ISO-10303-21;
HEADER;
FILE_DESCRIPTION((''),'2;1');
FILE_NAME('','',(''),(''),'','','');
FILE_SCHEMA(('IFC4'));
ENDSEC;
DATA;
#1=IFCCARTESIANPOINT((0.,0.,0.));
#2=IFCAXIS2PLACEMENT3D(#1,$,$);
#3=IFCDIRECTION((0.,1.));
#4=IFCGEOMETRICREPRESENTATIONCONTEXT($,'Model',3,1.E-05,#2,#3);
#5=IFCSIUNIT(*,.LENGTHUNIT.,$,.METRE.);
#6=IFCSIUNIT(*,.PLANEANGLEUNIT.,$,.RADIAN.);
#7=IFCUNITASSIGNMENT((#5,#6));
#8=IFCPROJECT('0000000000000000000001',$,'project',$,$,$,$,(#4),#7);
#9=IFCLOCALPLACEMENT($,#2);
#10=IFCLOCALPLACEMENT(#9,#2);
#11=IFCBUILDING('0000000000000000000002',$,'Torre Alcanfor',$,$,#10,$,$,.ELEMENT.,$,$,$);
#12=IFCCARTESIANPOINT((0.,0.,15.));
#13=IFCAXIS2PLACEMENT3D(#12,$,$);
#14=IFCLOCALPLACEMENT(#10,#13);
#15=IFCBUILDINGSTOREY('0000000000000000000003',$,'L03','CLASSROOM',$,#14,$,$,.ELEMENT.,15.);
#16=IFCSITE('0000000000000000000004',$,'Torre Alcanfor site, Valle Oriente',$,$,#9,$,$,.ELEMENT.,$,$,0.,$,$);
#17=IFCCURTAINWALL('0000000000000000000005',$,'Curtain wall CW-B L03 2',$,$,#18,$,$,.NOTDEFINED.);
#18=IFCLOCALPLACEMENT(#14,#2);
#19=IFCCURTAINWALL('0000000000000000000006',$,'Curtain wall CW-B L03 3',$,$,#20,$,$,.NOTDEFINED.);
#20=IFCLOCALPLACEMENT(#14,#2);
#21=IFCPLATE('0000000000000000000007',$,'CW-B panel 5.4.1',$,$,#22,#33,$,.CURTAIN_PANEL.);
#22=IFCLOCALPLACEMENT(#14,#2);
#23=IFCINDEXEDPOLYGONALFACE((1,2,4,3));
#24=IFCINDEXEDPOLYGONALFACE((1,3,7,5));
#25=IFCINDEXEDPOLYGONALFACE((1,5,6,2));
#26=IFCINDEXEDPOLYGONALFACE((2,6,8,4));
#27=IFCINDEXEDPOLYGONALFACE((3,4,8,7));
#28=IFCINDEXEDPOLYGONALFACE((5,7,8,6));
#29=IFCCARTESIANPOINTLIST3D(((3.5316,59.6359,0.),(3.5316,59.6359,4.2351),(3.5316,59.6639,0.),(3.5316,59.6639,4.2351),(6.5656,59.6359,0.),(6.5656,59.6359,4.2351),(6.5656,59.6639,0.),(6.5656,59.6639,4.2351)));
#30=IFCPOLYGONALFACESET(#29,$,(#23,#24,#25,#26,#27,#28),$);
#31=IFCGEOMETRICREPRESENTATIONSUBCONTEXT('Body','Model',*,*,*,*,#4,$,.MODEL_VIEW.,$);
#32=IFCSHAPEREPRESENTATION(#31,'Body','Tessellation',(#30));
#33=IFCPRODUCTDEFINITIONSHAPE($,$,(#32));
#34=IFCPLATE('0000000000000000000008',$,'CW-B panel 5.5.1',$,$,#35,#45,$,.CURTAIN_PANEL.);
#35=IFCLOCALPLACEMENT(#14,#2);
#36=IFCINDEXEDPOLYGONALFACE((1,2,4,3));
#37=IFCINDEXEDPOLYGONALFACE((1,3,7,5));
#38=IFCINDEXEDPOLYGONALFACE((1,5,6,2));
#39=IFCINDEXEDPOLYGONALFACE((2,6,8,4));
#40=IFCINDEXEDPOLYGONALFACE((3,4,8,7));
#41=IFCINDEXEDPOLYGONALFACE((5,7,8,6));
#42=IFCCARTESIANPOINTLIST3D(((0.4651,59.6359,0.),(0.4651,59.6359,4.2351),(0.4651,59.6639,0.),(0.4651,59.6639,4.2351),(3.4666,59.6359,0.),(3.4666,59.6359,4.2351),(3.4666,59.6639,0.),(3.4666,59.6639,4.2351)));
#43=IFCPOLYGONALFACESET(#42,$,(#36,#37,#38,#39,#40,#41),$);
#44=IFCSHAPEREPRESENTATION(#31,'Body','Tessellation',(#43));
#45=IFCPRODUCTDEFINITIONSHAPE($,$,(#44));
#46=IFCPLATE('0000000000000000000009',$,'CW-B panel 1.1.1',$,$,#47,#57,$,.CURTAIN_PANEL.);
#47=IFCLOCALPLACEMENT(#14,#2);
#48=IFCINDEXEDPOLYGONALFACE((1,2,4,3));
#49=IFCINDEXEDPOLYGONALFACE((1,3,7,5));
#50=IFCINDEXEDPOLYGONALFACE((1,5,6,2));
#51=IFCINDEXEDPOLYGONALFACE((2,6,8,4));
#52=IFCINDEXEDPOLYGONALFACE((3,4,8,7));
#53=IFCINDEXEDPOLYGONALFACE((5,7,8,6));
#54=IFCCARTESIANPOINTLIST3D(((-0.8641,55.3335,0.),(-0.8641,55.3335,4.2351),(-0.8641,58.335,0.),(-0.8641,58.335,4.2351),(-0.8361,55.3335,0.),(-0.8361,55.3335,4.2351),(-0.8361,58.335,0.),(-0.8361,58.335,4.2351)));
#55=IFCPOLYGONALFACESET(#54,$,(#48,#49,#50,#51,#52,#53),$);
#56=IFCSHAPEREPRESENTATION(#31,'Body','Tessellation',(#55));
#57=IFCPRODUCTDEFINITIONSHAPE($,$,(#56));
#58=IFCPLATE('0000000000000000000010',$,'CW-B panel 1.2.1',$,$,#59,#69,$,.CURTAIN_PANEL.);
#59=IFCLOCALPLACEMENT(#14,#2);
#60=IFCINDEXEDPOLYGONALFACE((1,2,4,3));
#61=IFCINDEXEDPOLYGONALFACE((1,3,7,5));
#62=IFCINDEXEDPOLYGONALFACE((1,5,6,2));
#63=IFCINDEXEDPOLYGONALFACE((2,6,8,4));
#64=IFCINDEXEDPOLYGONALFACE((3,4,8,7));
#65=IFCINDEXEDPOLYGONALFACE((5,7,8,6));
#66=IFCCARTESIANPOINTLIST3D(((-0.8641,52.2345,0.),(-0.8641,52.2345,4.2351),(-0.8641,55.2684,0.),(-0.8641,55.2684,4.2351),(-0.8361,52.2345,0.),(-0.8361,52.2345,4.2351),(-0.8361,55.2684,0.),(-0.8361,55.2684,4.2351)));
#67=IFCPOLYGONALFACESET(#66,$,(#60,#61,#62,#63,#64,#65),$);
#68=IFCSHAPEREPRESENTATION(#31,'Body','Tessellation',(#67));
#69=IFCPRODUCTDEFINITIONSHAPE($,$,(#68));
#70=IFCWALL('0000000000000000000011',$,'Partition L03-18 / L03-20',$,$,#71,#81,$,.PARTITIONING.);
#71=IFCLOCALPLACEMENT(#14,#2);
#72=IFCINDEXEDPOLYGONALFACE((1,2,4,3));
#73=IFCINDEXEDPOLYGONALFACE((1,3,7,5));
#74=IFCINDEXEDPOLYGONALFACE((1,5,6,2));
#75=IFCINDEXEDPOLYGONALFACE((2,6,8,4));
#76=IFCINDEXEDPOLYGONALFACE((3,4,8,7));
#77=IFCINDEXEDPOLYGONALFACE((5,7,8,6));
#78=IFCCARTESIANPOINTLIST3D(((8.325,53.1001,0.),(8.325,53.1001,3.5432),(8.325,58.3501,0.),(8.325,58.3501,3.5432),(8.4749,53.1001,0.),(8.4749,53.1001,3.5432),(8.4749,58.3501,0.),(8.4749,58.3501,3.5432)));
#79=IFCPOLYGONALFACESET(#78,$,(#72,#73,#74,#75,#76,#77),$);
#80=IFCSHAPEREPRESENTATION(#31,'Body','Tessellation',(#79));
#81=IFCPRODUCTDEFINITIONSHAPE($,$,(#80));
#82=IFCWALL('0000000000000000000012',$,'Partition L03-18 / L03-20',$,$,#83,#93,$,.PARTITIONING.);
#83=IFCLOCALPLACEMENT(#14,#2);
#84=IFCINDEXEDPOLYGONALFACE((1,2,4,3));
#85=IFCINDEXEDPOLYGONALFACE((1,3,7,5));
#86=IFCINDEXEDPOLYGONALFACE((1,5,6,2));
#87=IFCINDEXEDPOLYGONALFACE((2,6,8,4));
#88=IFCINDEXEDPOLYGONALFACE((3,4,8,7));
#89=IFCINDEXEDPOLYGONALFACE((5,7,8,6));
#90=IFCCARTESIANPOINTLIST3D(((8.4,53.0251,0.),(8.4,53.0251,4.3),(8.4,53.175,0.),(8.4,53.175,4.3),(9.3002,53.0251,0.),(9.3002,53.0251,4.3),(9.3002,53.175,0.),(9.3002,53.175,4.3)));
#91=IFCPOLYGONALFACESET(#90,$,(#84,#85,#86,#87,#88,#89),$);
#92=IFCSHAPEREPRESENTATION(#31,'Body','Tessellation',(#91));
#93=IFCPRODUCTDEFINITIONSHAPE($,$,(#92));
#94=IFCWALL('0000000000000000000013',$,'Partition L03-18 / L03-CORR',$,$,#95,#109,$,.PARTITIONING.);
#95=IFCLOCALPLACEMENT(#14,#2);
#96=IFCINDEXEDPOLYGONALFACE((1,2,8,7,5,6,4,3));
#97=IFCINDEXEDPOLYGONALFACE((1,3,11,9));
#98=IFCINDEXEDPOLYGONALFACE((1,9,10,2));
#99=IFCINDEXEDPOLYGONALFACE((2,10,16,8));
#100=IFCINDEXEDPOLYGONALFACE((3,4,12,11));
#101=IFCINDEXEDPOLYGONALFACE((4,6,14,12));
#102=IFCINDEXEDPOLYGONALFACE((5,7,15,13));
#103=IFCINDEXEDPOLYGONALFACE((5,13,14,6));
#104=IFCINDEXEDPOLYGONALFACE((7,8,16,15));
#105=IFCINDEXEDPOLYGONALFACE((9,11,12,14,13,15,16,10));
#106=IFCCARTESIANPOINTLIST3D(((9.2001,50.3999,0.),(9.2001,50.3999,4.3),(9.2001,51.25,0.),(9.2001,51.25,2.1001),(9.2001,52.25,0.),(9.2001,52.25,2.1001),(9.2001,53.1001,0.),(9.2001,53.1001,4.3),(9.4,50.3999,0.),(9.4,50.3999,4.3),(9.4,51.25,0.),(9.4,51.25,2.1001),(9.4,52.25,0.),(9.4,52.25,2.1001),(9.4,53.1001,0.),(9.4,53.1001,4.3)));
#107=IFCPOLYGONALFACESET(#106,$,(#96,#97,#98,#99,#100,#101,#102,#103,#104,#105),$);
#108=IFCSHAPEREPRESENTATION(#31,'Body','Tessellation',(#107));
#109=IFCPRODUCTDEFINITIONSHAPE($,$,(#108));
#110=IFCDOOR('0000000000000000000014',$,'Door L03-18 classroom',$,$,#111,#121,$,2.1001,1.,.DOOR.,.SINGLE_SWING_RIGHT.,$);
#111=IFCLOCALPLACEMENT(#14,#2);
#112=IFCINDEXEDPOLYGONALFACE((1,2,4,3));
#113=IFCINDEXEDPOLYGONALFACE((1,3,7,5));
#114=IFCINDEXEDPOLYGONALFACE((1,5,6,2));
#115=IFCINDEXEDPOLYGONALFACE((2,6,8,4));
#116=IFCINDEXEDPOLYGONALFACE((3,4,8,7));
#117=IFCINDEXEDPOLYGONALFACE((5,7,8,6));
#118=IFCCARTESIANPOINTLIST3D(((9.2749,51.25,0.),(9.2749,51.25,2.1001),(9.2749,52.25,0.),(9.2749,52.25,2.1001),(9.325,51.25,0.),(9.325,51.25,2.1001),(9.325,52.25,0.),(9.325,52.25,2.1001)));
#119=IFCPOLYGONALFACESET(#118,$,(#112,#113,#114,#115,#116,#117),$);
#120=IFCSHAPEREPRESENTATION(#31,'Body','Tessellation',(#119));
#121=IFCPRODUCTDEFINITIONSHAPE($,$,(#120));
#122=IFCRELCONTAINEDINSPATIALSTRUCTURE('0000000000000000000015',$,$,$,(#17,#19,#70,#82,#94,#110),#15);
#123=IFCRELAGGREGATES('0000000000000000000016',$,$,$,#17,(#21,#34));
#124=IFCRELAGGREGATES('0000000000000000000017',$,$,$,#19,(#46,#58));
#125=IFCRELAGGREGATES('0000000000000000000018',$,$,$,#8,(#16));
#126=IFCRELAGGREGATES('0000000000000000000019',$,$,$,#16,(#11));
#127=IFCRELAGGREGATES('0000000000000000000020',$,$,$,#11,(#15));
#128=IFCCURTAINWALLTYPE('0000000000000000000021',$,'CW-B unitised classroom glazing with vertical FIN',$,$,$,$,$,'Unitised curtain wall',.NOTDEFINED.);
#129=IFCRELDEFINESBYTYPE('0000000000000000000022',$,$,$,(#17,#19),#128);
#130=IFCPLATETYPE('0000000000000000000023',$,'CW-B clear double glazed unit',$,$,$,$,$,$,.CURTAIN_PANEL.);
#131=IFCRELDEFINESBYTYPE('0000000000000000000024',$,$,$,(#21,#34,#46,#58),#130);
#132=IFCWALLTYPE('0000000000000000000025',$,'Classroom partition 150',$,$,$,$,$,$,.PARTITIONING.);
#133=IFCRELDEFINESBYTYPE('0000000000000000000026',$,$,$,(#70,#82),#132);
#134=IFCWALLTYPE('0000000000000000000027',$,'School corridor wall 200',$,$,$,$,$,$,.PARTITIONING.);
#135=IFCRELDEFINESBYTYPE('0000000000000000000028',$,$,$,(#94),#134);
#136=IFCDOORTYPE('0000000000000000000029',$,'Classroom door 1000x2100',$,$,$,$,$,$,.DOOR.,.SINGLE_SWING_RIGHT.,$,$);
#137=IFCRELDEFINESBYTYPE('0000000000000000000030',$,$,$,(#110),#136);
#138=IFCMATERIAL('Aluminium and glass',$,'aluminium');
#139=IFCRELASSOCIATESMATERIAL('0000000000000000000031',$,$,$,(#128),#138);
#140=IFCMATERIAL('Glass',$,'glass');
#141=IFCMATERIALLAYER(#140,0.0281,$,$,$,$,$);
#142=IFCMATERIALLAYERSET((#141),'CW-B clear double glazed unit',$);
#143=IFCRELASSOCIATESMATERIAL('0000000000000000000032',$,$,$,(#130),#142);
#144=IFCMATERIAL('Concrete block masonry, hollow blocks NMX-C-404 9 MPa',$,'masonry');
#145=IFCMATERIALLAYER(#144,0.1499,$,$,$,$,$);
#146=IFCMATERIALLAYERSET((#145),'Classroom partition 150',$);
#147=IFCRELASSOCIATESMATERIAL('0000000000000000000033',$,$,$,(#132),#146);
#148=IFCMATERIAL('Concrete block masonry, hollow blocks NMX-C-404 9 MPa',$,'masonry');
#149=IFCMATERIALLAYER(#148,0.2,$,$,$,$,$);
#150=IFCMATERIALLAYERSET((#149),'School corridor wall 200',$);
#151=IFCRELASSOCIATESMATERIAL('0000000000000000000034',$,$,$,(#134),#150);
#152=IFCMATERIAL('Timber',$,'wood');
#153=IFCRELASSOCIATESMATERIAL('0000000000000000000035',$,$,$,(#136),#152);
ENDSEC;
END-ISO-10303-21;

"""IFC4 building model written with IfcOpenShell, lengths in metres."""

from ifc_helpers import new_model, si_unit, direction, frame, frame_2d, origin, origin_2d, place, context, subcontext, project, spatial, rectangle, extrude, material, layer, layer_set, type_object, element, fill, aggregate, save


model = new_model("IFC4")

# Units and contexts
model_context = context("Model", 3, precision=1e-05, world=origin(), true_north=direction((0.0, 1.0)))
body_context = subcontext(model_context, "Body", "Model", "MODEL_VIEW")
ifc_project = project(units=[si_unit("LENGTHUNIT", "METRE"), si_unit("PLANEANGLEUNIT", "RADIAN")], contexts=[model_context])

# Site, building, storey
site_placement = place(None, origin())
site = spatial("IfcSite", under=ifc_project, at=site_placement, Name="Torre Alcanfor site, Valle Oriente", CompositionType="ELEMENT", RefElevation=0.0)
building_placement = place(site_placement, origin())
building = spatial("IfcBuilding", under=site, at=building_placement, Name="Torre Alcanfor", CompositionType="ELEMENT")
storey_placement = place(building_placement, frame((0.0, 0.0, 15.0)))
storey = spatial("IfcBuildingStorey", under=building, at=storey_placement, Name="L03", Description="CLASSROOM", CompositionType="ELEMENT", Elevation=15.0)

# Curtain walls
ifc_material_1 = material(Name="Aluminium and glass", Category="aluminium")
curtain_wall_type = type_object("IfcCurtainWallType", Name="CW-B unitised classroom glazing with vertical FIN", ElementType="Unitised curtain wall", PredefinedType="NOTDEFINED", material=ifc_material_1)
curtain_wall_1_placement = place(storey_placement, origin())
curtain_wall_1 = element("IfcCurtainWall", 1, at=curtain_wall_1_placement, inside=storey, type_object=curtain_wall_type, Name="Curtain wall CW-B L03 2", PredefinedType="NOTDEFINED")
curtain_wall_2_placement = place(storey_placement, origin())
curtain_wall_2 = element("IfcCurtainWall", 2, at=curtain_wall_2_placement, inside=storey, type_object=curtain_wall_type, Name="Curtain wall CW-B L03 3", PredefinedType="NOTDEFINED")

# Plates
ifc_material_2 = material(Name="Glass", Category="glass")
ifc_layer_1 = layer(ifc_material_2, 0.0281)
ifc_layer_set_1 = layer_set([ifc_layer_1], Name="CW-B clear double glazed unit")
plate_type = type_object("IfcPlateType", Name="CW-B clear double glazed unit", PredefinedType="CURTAIN_PANEL", material=ifc_layer_set_1)
plate_1_placement = place(storey_placement, frame((5.0486, 59.6499, 0.0), z_axis=(0.0, 0.0, 1.0), x_axis=(-1.0, 0.0, 0.0)))
plate_1 = element("IfcPlate", 3, at=plate_1_placement, type_object=plate_type, Name="CW-B panel 5.4.1", PredefinedType="CURTAIN_PANEL", context=body_context, shape_type="SweptSolid", body=[
    extrude(rectangle(XDim=3.0339, YDim=0.0281, at=origin_2d()), origin(), (0.0, 0.0, 1.0), 4.2351),
])
plate_2_placement = place(storey_placement, frame((1.9658, 59.6499, 0.0), z_axis=(0.0, 0.0, 1.0), x_axis=(-1.0, 0.0, 0.0)))
plate_2 = element("IfcPlate", 4, at=plate_2_placement, type_object=plate_type, Name="CW-B panel 5.5.1", PredefinedType="CURTAIN_PANEL", context=body_context, shape_type="SweptSolid", body=[
    extrude(rectangle(XDim=3.0015, YDim=0.0281, at=origin_2d()), origin(), (0.0, 0.0, 1.0), 4.2351),
])
aggregate(curtain_wall_1, [plate_1, plate_2])
plate_3_placement = place(storey_placement, frame((-0.8501, 56.8342, 0.0), z_axis=(0.0, 0.0, 1.0), x_axis=(0.0, -1.0, 0.0)))
plate_3 = element("IfcPlate", 5, at=plate_3_placement, type_object=plate_type, Name="CW-B panel 1.1.1", PredefinedType="CURTAIN_PANEL", context=body_context, shape_type="SweptSolid", body=[
    extrude(rectangle(XDim=3.0015, YDim=0.0281, at=origin_2d()), origin(), (0.0, 0.0, 1.0), 4.2351),
])
plate_4_placement = place(storey_placement, frame((-0.8501, 53.7515, 0.0), z_axis=(0.0, 0.0, 1.0), x_axis=(0.0, -1.0, 0.0)))
plate_4 = element("IfcPlate", 6, at=plate_4_placement, type_object=plate_type, Name="CW-B panel 1.2.1", PredefinedType="CURTAIN_PANEL", context=body_context, shape_type="SweptSolid", body=[
    extrude(rectangle(XDim=3.0339, YDim=0.0281, at=origin_2d()), origin(), (0.0, 0.0, 1.0), 4.2351),
])
aggregate(curtain_wall_2, [plate_3, plate_4])

# Walls
ifc_material_3 = material(Name="Concrete block masonry, hollow blocks NMX-C-404 9 MPa", Category="masonry")
ifc_layer_2 = layer(ifc_material_3, 0.1499)
ifc_layer_set_2 = layer_set([ifc_layer_2], Name="Classroom partition 150")
wall_type_1 = type_object("IfcWallType", Name="Classroom partition 150", PredefinedType="PARTITIONING", material=ifc_layer_set_2)
wall_1_placement = place(storey_placement, frame((8.3999, 58.3501, 0.0), z_axis=(0.0, 0.0, 1.0), x_axis=(0.0, -1.0, 0.0)))
element("IfcWall", 7, at=wall_1_placement, inside=storey, type_object=wall_type_1, Name="Partition L03-18 / L03-20", PredefinedType="PARTITIONING", context=body_context, shape_type="SweptSolid", body=[
    extrude(rectangle(XDim=5.25, YDim=0.1499, at=frame_2d((2.625, 0.0))), origin(), (0.0, 0.0, 1.0), 3.5432),
])
wall_2_placement = place(storey_placement, frame((8.3999, 53.1001, 0.0), z_axis=(0.0, 0.0, 1.0), x_axis=(1.0, 0.0, 0.0)))
element("IfcWall", 8, at=wall_2_placement, inside=storey, type_object=wall_type_1, Name="Partition L03-18 / L03-20", PredefinedType="PARTITIONING", context=body_context, shape_type="SweptSolid", body=[
    extrude(rectangle(XDim=0.9001, YDim=0.1499, at=frame_2d((0.4502, 0.0))), origin(), (0.0, 0.0, 1.0), 4.3),
])

# Wall, opening, door
ifc_material_4 = material(Name="Concrete block masonry, hollow blocks NMX-C-404 9 MPa", Category="masonry")
ifc_layer_3 = layer(ifc_material_4, 0.2)
ifc_layer_set_3 = layer_set([ifc_layer_3], Name="School corridor wall 200")
wall_type_2 = type_object("IfcWallType", Name="School corridor wall 200", PredefinedType="PARTITIONING", material=ifc_layer_set_3)
wall_3_placement = place(storey_placement, frame((9.3, 53.1001, 0.0), z_axis=(0.0, 0.0, 1.0), x_axis=(0.0, -1.0, 0.0)))
wall_3 = element("IfcWall", 9, at=wall_3_placement, inside=storey, type_object=wall_type_2, Name="Partition L03-18 / L03-CORR", PredefinedType="PARTITIONING", context=body_context, shape_type="SweptSolid", body=[
    extrude(rectangle(XDim=2.7002, YDim=0.2, at=frame_2d((1.3501, 0.0))), origin(), (0.0, 0.0, 1.0), 4.3),
])
opening_placement = place(wall_3_placement, frame((0.8501, 0.0, 0.0)))
opening = element("IfcOpeningElement", 10, at=opening_placement, cuts=wall_3, PredefinedType="OPENING", context=body_context, shape_type="SweptSolid", body=[
    extrude(rectangle(XDim=1.0, YDim=2.1001, at=frame_2d((0.5, 1.05))), frame((0.0, 0.1099, 0.0), z_axis=(0.0, -1.0, 0.0), x_axis=(1.0, 0.0, 0.0)), (0.0, 0.0, 1.0), 0.22),
])
ifc_material_5 = material(Name="Timber", Category="wood")
door_type = type_object("IfcDoorType", Name="Classroom door 1000x2100", OperationType="SINGLE_SWING_RIGHT", PredefinedType="DOOR", material=ifc_material_5)
door_placement = place(opening_placement, frame((1.0, 0.0, 0.0), z_axis=(0.0, 0.0, 1.0), x_axis=(-1.0, 0.0, 0.0)))
door = element("IfcDoor", 11, at=door_placement, inside=storey, type_object=door_type, Name="Door L03-18 classroom", OperationType="SINGLE_SWING_RIGHT", OverallHeight=2.1001, OverallWidth=1.0, PredefinedType="DOOR", context=body_context, shape_type="SweptSolid", body=[
    extrude(rectangle(XDim=1.0, YDim=2.1001, at=frame_2d((0.5, 1.05))), frame((0.0, 0.0251, 0.0), z_axis=(0.0, -1.0, 0.0), x_axis=(1.0, 0.0, 0.0)), (0.0, 0.0, 1.0), 0.05),
])
fill(opening, door)

save(model, "model.ifc")
